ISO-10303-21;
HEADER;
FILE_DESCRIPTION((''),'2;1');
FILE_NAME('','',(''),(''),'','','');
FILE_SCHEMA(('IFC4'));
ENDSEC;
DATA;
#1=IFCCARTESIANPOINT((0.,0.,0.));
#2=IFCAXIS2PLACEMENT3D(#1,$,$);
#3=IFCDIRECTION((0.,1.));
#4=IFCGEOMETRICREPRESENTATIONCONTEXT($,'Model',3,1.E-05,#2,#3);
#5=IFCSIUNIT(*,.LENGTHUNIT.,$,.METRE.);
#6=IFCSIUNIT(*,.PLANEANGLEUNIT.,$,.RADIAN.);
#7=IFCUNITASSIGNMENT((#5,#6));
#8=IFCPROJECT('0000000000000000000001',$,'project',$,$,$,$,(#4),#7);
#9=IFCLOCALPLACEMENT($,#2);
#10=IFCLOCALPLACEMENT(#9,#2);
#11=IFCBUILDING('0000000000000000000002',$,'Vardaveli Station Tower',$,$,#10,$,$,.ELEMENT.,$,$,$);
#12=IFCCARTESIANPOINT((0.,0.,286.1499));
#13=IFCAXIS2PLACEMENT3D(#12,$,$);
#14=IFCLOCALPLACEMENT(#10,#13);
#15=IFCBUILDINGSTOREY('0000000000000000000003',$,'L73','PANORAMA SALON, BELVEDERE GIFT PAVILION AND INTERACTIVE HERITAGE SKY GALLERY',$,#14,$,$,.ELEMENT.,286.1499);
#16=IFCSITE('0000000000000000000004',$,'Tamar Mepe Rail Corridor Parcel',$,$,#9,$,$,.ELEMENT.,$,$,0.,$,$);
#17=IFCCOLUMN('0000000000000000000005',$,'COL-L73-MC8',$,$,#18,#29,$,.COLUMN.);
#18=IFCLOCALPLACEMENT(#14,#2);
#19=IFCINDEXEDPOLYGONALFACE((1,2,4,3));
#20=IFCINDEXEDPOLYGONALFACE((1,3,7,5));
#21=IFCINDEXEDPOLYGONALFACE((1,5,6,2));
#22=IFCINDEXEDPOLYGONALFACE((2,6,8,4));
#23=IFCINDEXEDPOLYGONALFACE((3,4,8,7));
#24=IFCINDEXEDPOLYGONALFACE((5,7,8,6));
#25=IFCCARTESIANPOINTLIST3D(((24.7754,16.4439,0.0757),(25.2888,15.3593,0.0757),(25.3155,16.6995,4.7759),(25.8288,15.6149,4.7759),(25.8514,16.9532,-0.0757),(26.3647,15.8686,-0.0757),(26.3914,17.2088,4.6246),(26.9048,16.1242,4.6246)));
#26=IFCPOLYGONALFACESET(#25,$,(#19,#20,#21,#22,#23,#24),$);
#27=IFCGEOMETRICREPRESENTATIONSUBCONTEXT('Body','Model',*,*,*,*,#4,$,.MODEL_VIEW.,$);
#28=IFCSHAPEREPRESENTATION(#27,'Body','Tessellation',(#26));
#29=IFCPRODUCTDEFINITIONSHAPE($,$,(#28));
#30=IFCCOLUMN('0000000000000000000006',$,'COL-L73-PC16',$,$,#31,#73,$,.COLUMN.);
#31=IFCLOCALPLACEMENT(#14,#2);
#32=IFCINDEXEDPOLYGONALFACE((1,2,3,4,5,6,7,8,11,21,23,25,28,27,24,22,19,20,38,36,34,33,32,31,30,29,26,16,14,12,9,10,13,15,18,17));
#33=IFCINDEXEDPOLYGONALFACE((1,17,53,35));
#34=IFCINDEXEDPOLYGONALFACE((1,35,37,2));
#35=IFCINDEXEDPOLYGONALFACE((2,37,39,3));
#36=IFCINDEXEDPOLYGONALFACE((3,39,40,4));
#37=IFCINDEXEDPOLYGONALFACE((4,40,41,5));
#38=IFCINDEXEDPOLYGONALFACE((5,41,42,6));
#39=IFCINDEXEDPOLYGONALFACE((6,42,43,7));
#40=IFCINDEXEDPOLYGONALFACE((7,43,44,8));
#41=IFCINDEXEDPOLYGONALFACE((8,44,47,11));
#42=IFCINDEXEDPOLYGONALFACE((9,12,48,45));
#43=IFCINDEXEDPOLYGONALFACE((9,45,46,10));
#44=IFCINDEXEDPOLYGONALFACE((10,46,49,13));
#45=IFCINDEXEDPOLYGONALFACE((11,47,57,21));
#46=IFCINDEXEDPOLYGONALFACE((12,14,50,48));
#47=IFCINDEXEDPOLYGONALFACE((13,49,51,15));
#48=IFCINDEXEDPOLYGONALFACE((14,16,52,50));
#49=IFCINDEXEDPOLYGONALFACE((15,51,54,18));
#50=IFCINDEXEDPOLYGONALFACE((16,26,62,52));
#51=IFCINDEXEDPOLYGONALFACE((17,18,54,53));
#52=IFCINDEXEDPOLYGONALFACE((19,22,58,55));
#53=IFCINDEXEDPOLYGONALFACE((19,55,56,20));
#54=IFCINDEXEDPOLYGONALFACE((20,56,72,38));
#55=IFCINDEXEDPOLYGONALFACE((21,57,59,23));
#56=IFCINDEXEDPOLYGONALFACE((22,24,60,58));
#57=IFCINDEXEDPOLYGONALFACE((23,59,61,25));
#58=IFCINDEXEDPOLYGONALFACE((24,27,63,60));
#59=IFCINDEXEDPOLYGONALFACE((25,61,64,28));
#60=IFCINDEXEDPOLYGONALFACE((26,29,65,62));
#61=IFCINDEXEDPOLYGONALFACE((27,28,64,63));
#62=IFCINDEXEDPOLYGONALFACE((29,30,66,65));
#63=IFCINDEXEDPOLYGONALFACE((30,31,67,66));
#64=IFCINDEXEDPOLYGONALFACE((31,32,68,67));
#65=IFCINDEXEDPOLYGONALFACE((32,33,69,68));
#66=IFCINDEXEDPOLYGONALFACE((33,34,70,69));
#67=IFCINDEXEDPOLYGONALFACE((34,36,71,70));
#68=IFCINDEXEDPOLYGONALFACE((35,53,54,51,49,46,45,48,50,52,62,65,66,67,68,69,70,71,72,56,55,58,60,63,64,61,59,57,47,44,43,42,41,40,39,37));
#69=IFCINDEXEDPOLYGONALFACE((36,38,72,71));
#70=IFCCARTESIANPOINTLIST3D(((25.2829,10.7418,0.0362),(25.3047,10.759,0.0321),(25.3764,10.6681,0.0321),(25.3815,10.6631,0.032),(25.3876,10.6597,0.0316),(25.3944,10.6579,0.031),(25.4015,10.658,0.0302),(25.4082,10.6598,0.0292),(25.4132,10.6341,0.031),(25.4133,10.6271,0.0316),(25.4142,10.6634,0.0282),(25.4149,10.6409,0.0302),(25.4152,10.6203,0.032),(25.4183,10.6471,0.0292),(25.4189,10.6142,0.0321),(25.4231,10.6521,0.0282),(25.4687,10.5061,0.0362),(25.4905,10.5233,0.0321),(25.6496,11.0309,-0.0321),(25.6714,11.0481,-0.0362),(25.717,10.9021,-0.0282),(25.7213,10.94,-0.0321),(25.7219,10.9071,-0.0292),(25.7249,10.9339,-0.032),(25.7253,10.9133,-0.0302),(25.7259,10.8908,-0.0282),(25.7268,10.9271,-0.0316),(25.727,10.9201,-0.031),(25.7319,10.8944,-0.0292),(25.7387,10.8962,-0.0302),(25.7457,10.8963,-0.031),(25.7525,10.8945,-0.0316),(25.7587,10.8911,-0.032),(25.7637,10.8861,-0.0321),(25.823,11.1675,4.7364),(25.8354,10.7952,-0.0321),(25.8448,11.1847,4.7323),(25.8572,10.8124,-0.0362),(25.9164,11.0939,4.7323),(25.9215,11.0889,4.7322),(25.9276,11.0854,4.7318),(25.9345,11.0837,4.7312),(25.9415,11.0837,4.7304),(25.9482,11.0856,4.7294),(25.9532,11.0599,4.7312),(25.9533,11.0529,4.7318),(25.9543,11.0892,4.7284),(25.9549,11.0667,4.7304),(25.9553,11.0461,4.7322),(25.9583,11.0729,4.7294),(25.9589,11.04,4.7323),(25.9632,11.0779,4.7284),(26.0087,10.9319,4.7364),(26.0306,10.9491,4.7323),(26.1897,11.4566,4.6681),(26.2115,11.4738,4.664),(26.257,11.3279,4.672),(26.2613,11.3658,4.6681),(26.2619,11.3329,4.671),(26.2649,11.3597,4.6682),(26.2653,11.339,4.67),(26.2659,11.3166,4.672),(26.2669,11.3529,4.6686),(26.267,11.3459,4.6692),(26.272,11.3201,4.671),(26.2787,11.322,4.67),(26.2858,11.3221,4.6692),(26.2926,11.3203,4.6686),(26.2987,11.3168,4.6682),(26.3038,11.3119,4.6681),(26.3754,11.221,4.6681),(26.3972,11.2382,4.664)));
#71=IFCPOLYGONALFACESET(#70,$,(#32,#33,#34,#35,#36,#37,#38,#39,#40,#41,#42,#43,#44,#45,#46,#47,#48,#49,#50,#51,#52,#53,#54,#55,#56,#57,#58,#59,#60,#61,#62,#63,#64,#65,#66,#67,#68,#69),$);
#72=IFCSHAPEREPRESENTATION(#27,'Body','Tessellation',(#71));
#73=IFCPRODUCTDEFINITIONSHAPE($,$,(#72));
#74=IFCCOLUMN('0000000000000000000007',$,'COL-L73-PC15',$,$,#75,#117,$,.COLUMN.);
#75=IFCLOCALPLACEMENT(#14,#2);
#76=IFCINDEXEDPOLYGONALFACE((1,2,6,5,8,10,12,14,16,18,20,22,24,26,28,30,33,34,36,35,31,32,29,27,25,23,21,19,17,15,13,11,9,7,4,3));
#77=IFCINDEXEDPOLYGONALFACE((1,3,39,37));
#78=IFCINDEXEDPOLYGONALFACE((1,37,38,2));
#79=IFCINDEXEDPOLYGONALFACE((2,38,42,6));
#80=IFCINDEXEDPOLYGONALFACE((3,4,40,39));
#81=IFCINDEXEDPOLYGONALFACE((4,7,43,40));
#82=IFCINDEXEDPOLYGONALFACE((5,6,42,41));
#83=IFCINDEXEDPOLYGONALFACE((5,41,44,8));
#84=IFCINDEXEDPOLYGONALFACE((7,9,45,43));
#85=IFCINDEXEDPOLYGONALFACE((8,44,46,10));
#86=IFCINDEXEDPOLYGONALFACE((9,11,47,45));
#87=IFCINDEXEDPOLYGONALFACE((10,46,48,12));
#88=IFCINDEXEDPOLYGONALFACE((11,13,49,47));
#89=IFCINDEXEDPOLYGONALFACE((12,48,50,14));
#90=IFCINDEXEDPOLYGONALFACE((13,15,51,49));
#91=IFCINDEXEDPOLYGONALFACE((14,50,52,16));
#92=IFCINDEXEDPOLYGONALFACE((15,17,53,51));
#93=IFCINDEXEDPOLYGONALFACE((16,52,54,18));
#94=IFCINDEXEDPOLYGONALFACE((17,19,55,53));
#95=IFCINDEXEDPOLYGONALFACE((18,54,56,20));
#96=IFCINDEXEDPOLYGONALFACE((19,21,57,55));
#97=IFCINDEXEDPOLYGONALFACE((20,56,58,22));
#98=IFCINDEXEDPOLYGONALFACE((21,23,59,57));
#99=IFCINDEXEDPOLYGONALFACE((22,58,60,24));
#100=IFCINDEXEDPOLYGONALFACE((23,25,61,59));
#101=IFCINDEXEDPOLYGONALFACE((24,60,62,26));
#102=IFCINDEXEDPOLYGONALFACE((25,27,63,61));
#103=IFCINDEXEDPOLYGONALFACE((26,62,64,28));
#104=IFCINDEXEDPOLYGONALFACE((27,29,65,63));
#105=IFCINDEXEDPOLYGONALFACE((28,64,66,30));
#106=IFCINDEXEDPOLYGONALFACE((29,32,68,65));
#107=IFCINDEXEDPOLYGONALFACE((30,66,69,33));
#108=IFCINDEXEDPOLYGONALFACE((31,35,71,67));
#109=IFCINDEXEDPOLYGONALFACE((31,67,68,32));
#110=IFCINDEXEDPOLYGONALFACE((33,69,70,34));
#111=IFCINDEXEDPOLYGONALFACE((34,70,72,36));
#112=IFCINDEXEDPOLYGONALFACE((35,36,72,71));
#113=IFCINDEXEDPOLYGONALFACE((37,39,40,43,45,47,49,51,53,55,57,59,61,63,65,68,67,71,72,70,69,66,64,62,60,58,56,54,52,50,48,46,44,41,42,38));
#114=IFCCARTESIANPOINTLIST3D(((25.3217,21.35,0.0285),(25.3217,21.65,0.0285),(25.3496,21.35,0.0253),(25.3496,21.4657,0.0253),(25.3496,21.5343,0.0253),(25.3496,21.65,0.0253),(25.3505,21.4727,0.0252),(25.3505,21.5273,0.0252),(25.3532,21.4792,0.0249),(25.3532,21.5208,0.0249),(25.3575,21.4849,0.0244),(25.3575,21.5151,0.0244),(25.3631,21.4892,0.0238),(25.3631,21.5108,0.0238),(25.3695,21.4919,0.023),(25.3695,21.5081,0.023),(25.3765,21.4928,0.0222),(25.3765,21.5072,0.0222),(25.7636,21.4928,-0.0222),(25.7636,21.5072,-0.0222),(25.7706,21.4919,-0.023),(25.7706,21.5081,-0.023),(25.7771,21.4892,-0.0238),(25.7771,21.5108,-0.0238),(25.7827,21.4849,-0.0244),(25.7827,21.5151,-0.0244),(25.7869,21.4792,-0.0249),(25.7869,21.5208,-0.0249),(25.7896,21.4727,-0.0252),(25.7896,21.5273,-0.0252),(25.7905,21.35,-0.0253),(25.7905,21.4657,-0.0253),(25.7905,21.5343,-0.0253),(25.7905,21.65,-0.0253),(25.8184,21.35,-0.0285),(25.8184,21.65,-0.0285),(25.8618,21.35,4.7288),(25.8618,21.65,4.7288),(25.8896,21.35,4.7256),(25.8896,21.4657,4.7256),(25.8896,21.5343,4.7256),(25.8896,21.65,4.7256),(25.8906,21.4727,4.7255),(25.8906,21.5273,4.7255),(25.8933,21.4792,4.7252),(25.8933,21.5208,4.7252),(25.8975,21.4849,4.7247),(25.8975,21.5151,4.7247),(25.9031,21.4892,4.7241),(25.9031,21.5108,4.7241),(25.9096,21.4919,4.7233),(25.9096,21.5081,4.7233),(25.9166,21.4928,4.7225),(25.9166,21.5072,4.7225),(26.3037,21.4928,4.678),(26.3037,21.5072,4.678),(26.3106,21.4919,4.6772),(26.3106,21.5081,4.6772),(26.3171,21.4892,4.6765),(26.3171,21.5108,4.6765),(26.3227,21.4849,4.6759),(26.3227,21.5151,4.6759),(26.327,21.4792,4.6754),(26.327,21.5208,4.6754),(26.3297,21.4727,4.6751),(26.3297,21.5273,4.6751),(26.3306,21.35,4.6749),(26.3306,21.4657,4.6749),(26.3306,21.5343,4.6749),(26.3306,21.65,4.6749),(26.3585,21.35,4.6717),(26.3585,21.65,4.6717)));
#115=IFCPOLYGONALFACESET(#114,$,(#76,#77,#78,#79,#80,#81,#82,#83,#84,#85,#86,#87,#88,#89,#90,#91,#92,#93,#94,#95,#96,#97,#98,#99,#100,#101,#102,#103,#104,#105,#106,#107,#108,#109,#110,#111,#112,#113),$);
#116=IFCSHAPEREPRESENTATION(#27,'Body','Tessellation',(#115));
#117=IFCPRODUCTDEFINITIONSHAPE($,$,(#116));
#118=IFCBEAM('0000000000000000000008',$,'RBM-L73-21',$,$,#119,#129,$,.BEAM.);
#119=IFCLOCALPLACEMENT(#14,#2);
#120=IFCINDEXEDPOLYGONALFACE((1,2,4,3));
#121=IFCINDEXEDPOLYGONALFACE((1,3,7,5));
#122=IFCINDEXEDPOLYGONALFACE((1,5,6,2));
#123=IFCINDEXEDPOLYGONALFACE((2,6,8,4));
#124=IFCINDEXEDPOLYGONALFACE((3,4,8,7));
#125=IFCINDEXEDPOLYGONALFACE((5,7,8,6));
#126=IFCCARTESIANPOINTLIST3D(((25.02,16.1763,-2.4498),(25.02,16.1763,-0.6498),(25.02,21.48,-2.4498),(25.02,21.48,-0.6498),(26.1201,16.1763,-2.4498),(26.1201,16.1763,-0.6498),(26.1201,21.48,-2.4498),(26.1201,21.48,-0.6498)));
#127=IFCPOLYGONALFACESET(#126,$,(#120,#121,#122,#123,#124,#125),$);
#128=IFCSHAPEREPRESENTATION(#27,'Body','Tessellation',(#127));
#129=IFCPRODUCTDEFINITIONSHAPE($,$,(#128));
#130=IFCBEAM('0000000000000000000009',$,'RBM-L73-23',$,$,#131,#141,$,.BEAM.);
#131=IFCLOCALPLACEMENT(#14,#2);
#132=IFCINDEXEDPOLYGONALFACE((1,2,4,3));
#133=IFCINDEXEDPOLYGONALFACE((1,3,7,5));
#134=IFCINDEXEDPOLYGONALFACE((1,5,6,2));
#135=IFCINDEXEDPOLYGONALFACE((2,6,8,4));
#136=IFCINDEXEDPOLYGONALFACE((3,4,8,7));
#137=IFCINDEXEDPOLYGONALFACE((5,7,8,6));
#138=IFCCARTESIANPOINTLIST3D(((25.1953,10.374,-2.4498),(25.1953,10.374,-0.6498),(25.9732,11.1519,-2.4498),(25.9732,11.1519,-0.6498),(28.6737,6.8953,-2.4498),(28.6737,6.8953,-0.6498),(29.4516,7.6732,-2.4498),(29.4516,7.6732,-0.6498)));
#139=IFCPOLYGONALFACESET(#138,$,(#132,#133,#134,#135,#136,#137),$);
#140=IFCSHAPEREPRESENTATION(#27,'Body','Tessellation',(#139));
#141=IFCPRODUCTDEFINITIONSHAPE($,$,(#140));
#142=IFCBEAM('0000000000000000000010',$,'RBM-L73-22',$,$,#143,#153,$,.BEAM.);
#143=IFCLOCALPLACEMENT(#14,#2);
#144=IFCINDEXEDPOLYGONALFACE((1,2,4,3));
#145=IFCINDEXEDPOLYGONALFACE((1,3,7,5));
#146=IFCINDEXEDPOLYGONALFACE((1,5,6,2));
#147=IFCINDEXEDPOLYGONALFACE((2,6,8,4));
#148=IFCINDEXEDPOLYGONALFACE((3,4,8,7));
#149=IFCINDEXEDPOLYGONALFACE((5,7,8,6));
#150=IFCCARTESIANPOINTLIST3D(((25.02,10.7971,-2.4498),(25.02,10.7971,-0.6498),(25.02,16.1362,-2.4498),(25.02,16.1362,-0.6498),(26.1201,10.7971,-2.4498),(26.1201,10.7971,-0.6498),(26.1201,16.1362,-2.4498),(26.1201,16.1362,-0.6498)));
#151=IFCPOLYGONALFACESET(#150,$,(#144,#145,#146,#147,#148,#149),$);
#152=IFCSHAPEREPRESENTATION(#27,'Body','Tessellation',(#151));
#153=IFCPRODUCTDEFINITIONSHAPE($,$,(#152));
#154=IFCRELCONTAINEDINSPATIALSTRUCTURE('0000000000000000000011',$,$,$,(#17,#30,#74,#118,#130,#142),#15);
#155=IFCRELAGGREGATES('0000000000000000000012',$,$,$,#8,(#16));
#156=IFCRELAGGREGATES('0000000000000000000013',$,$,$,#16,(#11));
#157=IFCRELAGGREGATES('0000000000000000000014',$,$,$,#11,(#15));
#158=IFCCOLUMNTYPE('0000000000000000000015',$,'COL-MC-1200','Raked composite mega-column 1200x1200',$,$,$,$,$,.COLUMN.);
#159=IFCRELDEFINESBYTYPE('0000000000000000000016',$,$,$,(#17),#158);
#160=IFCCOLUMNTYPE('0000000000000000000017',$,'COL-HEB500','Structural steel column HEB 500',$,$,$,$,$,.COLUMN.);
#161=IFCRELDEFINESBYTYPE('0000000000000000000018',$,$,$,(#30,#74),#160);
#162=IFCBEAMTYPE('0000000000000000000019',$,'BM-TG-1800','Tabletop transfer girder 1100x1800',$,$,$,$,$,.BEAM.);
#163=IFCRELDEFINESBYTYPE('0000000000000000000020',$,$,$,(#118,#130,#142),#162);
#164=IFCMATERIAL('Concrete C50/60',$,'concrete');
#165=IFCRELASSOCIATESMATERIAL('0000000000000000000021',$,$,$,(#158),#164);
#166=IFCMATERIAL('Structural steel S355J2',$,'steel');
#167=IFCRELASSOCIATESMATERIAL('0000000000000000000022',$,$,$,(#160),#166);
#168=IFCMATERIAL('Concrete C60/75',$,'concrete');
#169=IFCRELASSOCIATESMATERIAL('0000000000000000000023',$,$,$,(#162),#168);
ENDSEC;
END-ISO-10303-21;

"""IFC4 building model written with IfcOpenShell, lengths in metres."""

from ifc_helpers import new_model, si_unit, direction, frame, origin, origin_2d, place, context, subcontext, project, spatial, rectangle, i_section, extrude, source, transform, mapped, material, material_profile, profile_set, type_object, element, save


model = new_model("IFC4")

# Units and contexts
model_context = context("Model", 3, precision=1e-05, world=origin(), true_north=direction((0.0, 1.0)))
body_context = subcontext(model_context, "Body", "Model", "MODEL_VIEW")
ifc_project = project(units=[si_unit("LENGTHUNIT", "METRE"), si_unit("PLANEANGLEUNIT", "RADIAN")], contexts=[model_context])

# Site, building, storey
site_placement = place(None, origin())
site = spatial("IfcSite", under=ifc_project, at=site_placement, Name="Tamar Mepe Rail Corridor Parcel", CompositionType="ELEMENT", RefElevation=0.0)
building_placement = place(site_placement, origin())
building = spatial("IfcBuilding", under=site, at=building_placement, Name="Vardaveli Station Tower", CompositionType="ELEMENT")
storey_placement = place(building_placement, frame((0.0, 0.0, 286.1499)))
storey = spatial("IfcBuildingStorey", under=building, at=storey_placement, Name="L73", Description="PANORAMA SALON, BELVEDERE GIFT PAVILION AND INTERACTIVE HERITAGE SKY GALLERY", CompositionType="ELEMENT", Elevation=286.1499)

# Columns
ifc_material_1 = material(Name="Concrete C50/60", Category="concrete")
ifc_material_profile_1 = material_profile(ifc_material_1, rectangle(XDim=1.2, YDim=1.2, at=origin_2d()), Name="MC 1200x1200")
ifc_profile_set_1 = profile_set([ifc_material_profile_1], Name="Concrete C50/60")
column_type_1 = type_object("IfcColumnType", Name="COL-MC-1200", Description="Raked composite mega-column 1200x1200", PredefinedType="COLUMN", material=ifc_profile_set_1)
shared_shape_1 = source(origin(), body_context, "Body", "SweptSolid", [
    extrude(rectangle(XDim=1.2, YDim=1.2, at=origin_2d()), origin(), (0.0, 0.0, 1.0), 4.738),
])
column_1_placement = place(storey_placement, frame((25.5701, 16.1562, 0.0), z_axis=(0.11398, 0.05395, 0.992017), x_axis=(-0.427823, 0.903863, 0.0)))
element("IfcColumn", 1, at=column_1_placement, inside=storey, type_object=column_type_1, Name="COL-L73-MC8", PredefinedType="COLUMN", context=body_context, shape_type="MappedRepresentation", body=[
    mapped(shared_shape_1, transform((0.0, 0.0, 0.0), scale=1.0)),
])
ifc_material_2 = material(Name="Structural steel S355J2", Category="steel")
ifc_material_profile_2 = material_profile(ifc_material_2, i_section(OverallWidth=0.3, OverallDepth=0.5, WebThickness=0.0144, FlangeThickness=0.0281, FilletRadius=0.0271, at=origin_2d()), Name="HEB 500")
ifc_profile_set_2 = profile_set([ifc_material_profile_2], Name="Structural steel S355J2")
column_type_2 = type_object("IfcColumnType", Name="COL-HEB500", Description="Structural steel column HEB 500", PredefinedType="COLUMN", material=ifc_profile_set_2)
shared_shape_2 = source(origin(), body_context, "Body", "SweptSolid", [
    extrude(i_section(OverallWidth=0.3, OverallDepth=0.5, WebThickness=0.0144, FlangeThickness=0.0281, FilletRadius=0.0271, at=origin_2d()), origin(), (0.0, 0.0, 1.0), 4.7502),
])
column_2_placement = place(storey_placement, frame((25.5701, 10.7771, 0.0), z_axis=(0.113687, 0.089634, 0.989465), x_axis=(-0.619138, 0.785282, 0.0)))
element("IfcColumn", 2, at=column_2_placement, inside=storey, type_object=column_type_2, Name="COL-L73-PC16", PredefinedType="COLUMN", context=body_context, shape_type="MappedRepresentation", body=[
    mapped(shared_shape_2, transform((0.0, 0.0, 0.0), scale=1.0)),
])
shared_shape_3 = source(origin(), body_context, "Body", "SweptSolid", [
    extrude(i_section(OverallWidth=0.3, OverallDepth=0.5, WebThickness=0.0144, FlangeThickness=0.0281, FilletRadius=0.0271, at=origin_2d()), origin(), (0.0, 0.0, 1.0), 4.7312),
])
column_3_placement = place(storey_placement, frame((25.5701, 21.5, 0.0), z_axis=(0.114146, 0.0, 0.993464), x_axis=(0.0, 1.0, 0.0)))
element("IfcColumn", 3, at=column_3_placement, inside=storey, type_object=column_type_2, Name="COL-L73-PC15", PredefinedType="COLUMN", context=body_context, shape_type="MappedRepresentation", body=[
    mapped(shared_shape_3, transform((0.0, 0.0, 0.0), scale=1.0)),
])

# Beams
ifc_material_3 = material(Name="Concrete C60/75", Category="concrete")
ifc_material_profile_3 = material_profile(ifc_material_3, rectangle(XDim=1.1001, YDim=1.8, at=origin_2d()), Name="TG 1100x1800")
ifc_profile_set_3 = profile_set([ifc_material_profile_3], Name="Concrete C60/75")
beam_type_1 = type_object("IfcBeamType", Name="BM-TG-1800", Description="Tabletop transfer girder 1100x1800", PredefinedType="BEAM", material=ifc_profile_set_3)
shared_shape_4 = source(origin(), body_context, "Body", "SweptSolid", [
    extrude(rectangle(XDim=1.1001, YDim=1.8, at=origin_2d()), origin(), (0.0, 0.0, 1.0), 5.3037),
])
beam_1_placement = place(storey_placement, frame((25.5701, 21.48, -1.5498), z_axis=(0.0, -1.0, 0.0), x_axis=(1.0, 0.0, 0.0)))
element("IfcBeam", 4, at=beam_1_placement, inside=storey, type_object=beam_type_1, Name="RBM-L73-21", PredefinedType="BEAM", context=body_context, shape_type="MappedRepresentation", body=[
    mapped(shared_shape_4, transform((0.0, 0.0, 0.0), scale=1.0)),
])
shared_shape_5 = source(origin(), body_context, "Body", "SweptSolid", [
    extrude(rectangle(XDim=1.1001, YDim=1.8, at=origin_2d()), origin(), (0.0, 0.0, 1.0), 4.9194),
])
beam_2_placement = place(storey_placement, frame((25.5842, 10.7629, -1.5498), z_axis=(0.707082, -0.707132, 0.0), x_axis=(0.707132, 0.707082, 0.0)))
element("IfcBeam", 5, at=beam_2_placement, inside=storey, type_object=beam_type_1, Name="RBM-L73-23", PredefinedType="BEAM", context=body_context, shape_type="MappedRepresentation", body=[
    mapped(shared_shape_5, transform((0.0, 0.0, 0.0), scale=1.0)),
])
shared_shape_6 = source(origin(), body_context, "Body", "SweptSolid", [
    extrude(rectangle(XDim=1.1001, YDim=1.8, at=origin_2d()), origin(), (0.0, 0.0, 1.0), 5.3391),
])
beam_3_placement = place(storey_placement, frame((25.5701, 16.1362, -1.5498), z_axis=(0.0, -1.0, 0.0), x_axis=(1.0, 0.0, 0.0)))
element("IfcBeam", 6, at=beam_3_placement, inside=storey, type_object=beam_type_1, Name="RBM-L73-22", PredefinedType="BEAM", context=body_context, shape_type="MappedRepresentation", body=[
    mapped(shared_shape_6, transform((0.0, 0.0, 0.0), scale=1.0)),
])

save(model, "model.ifc")
